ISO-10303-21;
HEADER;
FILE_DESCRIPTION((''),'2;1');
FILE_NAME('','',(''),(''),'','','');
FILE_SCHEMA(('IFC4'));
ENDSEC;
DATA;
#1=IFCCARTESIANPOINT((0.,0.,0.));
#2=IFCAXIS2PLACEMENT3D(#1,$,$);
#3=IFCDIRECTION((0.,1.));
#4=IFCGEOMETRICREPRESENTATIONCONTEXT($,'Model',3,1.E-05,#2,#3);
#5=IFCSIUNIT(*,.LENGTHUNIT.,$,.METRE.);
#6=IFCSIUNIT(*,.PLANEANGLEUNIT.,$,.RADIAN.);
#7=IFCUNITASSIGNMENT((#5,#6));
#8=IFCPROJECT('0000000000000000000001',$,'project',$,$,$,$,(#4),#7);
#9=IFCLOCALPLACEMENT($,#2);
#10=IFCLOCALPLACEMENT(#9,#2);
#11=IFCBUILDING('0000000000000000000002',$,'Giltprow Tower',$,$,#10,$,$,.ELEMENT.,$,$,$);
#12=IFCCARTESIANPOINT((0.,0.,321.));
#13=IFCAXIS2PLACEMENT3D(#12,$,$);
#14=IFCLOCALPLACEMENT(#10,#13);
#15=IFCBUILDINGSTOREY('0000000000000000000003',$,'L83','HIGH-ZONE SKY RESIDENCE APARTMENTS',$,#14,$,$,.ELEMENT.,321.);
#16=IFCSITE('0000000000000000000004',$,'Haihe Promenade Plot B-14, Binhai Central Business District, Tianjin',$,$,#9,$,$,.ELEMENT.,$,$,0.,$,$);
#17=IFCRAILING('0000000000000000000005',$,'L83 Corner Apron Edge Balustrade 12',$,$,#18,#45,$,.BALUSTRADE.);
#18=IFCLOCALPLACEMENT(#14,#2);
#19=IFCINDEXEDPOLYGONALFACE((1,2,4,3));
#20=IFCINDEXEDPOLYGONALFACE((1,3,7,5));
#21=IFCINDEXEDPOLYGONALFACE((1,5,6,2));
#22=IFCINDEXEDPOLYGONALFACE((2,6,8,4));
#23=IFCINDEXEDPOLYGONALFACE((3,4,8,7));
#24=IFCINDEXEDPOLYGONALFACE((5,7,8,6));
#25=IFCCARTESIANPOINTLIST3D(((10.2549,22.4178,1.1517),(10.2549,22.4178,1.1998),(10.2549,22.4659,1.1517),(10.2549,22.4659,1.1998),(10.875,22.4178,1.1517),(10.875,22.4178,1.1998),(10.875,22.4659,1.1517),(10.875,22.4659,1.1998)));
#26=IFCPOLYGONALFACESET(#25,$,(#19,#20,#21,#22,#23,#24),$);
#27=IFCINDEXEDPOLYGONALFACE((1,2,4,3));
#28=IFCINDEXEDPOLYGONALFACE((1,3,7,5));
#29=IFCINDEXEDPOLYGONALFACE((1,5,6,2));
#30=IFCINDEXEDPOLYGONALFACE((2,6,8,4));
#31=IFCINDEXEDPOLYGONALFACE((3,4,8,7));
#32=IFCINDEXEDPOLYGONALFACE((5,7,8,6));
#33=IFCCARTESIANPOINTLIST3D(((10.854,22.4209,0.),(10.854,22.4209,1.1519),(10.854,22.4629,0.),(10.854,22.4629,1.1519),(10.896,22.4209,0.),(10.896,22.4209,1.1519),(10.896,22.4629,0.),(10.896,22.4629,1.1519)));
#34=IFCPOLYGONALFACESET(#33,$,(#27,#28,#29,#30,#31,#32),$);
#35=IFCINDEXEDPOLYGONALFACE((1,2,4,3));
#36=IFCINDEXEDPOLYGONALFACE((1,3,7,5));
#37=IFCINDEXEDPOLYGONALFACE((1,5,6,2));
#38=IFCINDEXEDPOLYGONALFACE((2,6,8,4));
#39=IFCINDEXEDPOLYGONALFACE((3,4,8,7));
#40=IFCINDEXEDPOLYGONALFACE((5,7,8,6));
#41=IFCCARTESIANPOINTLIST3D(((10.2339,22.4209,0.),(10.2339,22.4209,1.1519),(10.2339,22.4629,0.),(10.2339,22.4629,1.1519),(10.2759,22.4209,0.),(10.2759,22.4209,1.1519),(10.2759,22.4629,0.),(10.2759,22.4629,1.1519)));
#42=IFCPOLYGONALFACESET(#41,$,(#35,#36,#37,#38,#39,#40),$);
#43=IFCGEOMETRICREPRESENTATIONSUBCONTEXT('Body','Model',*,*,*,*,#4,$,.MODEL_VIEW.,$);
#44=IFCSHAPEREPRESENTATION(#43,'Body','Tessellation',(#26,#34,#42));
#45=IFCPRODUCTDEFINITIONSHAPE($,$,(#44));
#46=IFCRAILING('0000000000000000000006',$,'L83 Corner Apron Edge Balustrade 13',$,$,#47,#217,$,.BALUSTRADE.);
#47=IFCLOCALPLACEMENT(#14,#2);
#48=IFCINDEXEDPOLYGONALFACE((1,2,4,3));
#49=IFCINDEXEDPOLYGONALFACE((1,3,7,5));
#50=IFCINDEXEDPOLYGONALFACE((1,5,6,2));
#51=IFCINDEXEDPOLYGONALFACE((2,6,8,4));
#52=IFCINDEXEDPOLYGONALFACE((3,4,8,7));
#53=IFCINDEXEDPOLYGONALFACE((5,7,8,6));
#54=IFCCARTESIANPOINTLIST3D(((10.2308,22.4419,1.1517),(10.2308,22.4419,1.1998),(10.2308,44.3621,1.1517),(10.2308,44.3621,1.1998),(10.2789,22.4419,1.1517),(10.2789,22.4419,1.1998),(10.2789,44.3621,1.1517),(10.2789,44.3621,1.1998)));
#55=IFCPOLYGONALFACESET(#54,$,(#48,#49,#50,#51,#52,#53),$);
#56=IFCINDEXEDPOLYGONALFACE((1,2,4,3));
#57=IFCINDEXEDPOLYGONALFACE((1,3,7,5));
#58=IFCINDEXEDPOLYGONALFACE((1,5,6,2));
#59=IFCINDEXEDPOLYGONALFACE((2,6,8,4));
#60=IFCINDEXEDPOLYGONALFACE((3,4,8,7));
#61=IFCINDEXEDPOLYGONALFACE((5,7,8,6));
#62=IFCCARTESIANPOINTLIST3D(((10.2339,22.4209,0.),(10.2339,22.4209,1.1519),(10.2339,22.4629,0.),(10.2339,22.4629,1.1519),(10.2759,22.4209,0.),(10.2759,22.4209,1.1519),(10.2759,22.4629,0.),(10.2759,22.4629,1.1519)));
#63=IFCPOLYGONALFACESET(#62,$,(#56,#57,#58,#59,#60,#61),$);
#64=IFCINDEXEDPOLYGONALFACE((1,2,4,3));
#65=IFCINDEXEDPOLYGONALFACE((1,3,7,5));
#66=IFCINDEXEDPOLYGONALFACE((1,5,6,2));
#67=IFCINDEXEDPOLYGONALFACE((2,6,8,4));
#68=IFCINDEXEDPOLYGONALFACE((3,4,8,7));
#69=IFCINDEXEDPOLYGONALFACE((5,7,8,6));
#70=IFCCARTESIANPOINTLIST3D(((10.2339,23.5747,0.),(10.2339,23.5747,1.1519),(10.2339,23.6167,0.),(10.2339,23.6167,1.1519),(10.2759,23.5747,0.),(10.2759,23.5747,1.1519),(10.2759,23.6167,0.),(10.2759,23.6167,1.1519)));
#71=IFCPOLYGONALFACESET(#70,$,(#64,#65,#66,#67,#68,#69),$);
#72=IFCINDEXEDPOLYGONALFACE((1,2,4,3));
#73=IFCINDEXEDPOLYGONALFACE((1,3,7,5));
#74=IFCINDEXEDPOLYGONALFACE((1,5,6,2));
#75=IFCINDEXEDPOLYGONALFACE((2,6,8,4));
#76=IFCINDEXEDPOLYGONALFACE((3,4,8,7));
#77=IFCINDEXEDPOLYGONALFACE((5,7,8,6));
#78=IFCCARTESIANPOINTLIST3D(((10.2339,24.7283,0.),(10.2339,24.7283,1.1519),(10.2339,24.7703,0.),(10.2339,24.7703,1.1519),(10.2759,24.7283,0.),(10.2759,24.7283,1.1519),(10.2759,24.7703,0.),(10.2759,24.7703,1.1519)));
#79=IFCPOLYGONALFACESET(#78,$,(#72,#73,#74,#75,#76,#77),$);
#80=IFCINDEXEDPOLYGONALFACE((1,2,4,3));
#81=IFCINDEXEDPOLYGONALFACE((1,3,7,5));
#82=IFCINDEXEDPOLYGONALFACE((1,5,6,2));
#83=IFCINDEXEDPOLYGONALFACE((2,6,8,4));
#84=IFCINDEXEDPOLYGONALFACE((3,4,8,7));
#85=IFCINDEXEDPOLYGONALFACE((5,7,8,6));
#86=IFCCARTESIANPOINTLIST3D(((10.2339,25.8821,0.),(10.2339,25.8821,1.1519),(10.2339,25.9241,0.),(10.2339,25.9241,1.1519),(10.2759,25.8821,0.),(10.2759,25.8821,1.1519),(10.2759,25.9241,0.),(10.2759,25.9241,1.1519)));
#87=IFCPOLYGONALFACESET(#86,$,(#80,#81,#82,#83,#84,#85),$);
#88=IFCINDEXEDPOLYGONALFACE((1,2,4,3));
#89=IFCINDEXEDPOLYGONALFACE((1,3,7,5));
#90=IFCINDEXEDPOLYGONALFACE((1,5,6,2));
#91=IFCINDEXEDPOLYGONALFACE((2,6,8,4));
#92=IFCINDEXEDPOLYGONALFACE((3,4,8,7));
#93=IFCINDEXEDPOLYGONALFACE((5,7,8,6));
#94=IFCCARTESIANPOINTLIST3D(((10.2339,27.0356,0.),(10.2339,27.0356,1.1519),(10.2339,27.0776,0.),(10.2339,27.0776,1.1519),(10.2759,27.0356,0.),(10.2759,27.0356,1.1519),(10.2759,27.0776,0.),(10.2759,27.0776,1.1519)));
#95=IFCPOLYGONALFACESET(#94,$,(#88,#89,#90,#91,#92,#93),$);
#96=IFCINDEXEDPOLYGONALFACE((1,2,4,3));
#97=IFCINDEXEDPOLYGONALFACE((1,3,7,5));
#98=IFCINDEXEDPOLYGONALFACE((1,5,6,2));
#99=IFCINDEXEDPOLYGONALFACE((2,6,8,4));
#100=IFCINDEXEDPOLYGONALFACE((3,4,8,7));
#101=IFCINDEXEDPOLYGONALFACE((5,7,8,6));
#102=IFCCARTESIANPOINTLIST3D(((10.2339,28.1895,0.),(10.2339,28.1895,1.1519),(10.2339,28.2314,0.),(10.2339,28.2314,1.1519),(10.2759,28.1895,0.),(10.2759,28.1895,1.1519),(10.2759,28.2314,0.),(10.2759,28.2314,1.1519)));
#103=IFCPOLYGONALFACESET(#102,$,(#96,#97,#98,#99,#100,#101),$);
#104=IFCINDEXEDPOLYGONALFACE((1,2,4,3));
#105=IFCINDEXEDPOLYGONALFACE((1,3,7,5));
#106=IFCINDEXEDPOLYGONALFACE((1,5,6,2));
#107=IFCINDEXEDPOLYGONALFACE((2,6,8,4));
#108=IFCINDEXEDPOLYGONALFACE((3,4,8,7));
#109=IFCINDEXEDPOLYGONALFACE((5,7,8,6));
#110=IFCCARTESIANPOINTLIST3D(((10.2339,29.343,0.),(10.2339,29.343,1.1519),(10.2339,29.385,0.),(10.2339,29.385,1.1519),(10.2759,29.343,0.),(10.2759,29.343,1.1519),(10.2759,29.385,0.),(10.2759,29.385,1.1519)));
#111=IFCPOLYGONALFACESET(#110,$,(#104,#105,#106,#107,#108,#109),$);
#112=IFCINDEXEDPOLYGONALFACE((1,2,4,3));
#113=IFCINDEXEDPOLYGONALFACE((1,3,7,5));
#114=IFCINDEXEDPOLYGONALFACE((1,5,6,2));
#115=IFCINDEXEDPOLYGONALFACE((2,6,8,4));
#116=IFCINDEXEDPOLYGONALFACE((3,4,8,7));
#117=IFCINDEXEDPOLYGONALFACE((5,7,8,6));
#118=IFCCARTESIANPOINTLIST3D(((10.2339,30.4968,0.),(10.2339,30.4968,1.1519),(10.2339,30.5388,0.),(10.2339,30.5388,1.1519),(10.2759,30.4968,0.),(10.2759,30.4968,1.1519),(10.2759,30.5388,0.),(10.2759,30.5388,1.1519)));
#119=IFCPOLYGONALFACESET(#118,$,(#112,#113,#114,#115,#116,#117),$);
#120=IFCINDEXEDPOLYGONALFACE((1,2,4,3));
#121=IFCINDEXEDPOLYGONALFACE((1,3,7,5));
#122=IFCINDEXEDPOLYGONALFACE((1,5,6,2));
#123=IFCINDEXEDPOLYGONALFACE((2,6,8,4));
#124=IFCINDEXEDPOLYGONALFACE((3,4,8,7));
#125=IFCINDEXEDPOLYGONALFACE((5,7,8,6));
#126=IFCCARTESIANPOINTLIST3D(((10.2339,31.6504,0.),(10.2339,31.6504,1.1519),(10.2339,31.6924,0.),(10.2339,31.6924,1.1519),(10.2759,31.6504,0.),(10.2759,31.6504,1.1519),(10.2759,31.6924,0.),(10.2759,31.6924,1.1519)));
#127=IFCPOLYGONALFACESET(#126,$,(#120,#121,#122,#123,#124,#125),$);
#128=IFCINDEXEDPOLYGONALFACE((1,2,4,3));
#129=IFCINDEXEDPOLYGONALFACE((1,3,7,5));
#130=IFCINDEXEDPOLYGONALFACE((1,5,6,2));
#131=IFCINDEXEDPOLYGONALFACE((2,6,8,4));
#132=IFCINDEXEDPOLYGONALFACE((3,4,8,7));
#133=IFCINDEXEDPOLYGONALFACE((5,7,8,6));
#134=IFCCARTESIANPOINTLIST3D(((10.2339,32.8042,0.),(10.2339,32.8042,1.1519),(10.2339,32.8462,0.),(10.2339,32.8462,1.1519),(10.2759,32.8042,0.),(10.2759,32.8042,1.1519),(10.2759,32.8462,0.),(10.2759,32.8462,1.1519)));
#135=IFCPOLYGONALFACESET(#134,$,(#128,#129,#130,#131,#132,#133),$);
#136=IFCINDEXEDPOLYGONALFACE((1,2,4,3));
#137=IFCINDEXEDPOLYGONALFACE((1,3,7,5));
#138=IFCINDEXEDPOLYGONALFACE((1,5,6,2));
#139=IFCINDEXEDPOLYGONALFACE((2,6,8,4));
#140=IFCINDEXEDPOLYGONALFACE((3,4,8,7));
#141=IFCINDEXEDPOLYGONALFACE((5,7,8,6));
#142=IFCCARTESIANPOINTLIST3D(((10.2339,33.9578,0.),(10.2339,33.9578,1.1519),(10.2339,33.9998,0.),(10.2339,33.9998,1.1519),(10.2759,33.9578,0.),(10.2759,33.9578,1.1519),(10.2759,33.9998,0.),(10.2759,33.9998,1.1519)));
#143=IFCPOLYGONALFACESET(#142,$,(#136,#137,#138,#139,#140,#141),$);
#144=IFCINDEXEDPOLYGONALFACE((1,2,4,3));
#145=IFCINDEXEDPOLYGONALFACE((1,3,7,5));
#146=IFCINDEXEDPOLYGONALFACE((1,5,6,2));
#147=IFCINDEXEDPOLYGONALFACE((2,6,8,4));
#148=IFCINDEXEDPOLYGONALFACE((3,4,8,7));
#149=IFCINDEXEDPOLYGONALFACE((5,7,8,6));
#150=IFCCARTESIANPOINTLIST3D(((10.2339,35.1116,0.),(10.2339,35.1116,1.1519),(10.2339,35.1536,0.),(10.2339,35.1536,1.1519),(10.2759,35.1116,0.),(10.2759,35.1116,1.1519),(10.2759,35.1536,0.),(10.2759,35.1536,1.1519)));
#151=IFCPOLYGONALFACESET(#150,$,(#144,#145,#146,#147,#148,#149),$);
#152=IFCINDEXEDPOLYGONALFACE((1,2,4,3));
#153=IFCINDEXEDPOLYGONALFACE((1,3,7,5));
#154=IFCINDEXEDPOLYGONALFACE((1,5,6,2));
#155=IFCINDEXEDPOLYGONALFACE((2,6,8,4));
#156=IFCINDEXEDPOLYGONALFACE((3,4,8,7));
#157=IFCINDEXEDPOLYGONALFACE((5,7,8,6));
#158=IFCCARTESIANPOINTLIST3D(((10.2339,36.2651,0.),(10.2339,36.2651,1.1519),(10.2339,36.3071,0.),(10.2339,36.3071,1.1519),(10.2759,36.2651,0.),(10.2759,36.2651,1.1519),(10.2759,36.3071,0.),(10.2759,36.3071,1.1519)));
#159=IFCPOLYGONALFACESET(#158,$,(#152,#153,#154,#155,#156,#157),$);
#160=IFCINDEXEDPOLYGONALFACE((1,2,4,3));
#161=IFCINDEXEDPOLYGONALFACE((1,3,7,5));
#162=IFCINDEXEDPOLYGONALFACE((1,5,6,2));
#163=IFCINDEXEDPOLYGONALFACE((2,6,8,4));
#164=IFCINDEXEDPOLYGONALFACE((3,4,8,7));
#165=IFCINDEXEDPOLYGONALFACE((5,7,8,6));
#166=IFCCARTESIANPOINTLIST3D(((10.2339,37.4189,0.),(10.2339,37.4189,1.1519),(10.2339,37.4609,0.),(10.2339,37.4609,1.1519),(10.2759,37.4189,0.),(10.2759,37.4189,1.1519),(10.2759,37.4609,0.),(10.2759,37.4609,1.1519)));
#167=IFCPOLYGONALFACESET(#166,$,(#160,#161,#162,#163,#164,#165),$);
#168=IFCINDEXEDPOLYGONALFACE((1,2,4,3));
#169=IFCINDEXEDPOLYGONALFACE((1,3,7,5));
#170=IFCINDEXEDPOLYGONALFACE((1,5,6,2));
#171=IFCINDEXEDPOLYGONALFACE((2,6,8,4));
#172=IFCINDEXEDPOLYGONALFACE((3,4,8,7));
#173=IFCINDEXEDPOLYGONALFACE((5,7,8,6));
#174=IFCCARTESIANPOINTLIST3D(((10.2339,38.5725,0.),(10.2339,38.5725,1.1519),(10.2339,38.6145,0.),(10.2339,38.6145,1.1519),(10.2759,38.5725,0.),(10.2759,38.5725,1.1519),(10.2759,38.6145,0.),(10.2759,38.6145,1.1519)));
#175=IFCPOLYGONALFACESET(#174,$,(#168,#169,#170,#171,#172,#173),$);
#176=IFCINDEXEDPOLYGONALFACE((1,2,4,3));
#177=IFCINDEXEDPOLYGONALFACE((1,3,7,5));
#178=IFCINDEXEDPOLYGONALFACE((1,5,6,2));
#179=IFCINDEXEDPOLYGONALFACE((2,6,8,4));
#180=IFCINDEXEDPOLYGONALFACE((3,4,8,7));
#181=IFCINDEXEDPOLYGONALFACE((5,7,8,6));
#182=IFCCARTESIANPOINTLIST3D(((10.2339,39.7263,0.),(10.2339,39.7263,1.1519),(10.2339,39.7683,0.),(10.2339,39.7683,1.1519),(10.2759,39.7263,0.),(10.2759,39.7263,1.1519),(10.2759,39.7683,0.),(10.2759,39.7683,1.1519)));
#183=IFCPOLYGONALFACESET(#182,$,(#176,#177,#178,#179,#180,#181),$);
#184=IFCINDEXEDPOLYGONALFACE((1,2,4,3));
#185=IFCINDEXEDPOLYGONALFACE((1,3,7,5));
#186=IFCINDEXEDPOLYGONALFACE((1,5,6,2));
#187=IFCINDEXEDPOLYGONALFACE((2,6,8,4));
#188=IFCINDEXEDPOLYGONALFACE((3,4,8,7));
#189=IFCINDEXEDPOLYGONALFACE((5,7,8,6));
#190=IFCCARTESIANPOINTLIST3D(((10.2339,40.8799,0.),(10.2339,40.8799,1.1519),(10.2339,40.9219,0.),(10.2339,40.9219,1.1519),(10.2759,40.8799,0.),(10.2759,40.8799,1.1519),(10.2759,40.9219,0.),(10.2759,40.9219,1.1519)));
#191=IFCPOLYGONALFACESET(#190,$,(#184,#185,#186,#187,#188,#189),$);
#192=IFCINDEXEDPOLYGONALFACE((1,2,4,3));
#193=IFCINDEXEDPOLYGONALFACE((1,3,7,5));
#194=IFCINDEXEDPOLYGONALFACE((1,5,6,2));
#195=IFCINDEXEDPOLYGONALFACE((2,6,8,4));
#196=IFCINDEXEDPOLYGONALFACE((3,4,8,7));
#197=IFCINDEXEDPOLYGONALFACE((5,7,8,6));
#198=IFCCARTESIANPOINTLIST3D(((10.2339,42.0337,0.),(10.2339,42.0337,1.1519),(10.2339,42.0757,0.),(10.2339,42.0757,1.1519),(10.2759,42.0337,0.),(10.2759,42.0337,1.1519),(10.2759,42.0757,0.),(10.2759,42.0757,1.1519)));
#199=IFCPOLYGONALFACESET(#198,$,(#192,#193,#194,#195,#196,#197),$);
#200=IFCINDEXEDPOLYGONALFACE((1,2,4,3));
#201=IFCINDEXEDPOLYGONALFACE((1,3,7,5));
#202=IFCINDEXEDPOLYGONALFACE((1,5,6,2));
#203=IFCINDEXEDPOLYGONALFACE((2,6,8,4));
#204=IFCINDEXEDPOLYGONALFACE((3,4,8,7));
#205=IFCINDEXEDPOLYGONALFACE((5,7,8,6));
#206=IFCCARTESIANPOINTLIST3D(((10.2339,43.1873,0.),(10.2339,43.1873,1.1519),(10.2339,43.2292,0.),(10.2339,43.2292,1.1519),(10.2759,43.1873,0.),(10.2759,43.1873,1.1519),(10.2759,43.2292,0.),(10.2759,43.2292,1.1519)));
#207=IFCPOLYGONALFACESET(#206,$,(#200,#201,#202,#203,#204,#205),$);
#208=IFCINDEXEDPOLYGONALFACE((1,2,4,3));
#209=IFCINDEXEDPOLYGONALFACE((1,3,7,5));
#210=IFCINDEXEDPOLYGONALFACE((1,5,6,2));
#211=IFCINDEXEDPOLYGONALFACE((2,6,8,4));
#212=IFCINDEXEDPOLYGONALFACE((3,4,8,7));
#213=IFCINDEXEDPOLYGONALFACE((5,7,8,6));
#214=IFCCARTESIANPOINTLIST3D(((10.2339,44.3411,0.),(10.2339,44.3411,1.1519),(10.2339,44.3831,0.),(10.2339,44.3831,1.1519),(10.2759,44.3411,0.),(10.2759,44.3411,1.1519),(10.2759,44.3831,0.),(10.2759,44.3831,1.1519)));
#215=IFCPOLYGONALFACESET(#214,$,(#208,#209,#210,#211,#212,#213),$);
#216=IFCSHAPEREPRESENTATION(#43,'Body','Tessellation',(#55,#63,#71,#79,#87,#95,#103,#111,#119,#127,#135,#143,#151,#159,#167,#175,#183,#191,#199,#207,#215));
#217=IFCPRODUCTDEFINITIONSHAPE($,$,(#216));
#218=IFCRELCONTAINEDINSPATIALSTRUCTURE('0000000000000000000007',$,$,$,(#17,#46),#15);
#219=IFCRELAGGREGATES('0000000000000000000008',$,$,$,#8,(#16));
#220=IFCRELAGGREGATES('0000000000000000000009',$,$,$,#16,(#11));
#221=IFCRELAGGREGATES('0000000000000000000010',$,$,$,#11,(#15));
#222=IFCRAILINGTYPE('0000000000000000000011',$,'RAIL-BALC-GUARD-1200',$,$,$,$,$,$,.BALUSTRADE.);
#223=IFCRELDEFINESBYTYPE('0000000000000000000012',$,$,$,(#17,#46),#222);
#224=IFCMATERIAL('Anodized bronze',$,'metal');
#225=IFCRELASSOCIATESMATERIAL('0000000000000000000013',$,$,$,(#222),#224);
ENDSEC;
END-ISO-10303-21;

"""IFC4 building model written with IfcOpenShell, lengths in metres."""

from ifc_helpers import new_model, si_unit, direction, frame, origin, origin_2d, place, context, subcontext, project, spatial, rectangle, extrude, material, type_object, element, save


model = new_model("IFC4")

# Units and contexts
model_context = context("Model", 3, precision=1e-05, world=origin(), true_north=direction((0.0, 1.0)))
body_context = subcontext(model_context, "Body", "Model", "MODEL_VIEW")
ifc_project = project(units=[si_unit("LENGTHUNIT", "METRE"), si_unit("PLANEANGLEUNIT", "RADIAN")], contexts=[model_context])

# Site, building, storey
site_placement = place(None, origin())
site = spatial("IfcSite", under=ifc_project, at=site_placement, Name="Haihe Promenade Plot B-14, Binhai Central Business District, Tianjin", CompositionType="ELEMENT", RefElevation=0.0)
building_placement = place(site_placement, origin())
building = spatial("IfcBuilding", under=site, at=building_placement, Name="Giltprow Tower", CompositionType="ELEMENT")
storey_placement = place(building_placement, frame((0.0, 0.0, 321.0)))
storey = spatial("IfcBuildingStorey", under=building, at=storey_placement, Name="L83", Description="HIGH-ZONE SKY RESIDENCE APARTMENTS", CompositionType="ELEMENT", Elevation=321.0)

# Railings
ifc_material_1 = material(Name="Anodized bronze", Category="metal")
railing_type = type_object("IfcRailingType", Name="RAIL-BALC-GUARD-1200", PredefinedType="BALUSTRADE", material=ifc_material_1)
railing_1_placement = place(storey_placement, frame((10.875, 22.4419, 0.0)))
element("IfcRailing", 1, at=railing_1_placement, inside=storey, type_object=railing_type, Name="L83 Corner Apron Edge Balustrade 12", PredefinedType="BALUSTRADE", context=body_context, shape_type="SweptSolid", body=[
    extrude(rectangle(XDim=0.0481, YDim=0.0481, at=origin_2d()), frame((0.0, 0.0, 1.1758), z_axis=(-1.0, 0.0, 0.0), x_axis=(0.0, -1.0, 0.0)), (0.0, 0.0, 1.0), 0.6201),
    extrude(rectangle(XDim=0.042, YDim=0.042, at=origin_2d()), origin(), (0.0, 0.0, 1.0), 1.1519),
    extrude(rectangle(XDim=0.042, YDim=0.042, at=origin_2d()), frame((-0.6201, 0.0, 0.0)), (0.0, 0.0, 1.0), 1.1519),
])
railing_2_placement = place(storey_placement, frame((10.2549, 22.4419, 0.0)))
element("IfcRailing", 2, at=railing_2_placement, inside=storey, type_object=railing_type, Name="L83 Corner Apron Edge Balustrade 13", PredefinedType="BALUSTRADE", context=body_context, shape_type="SweptSolid", body=[
    extrude(rectangle(XDim=0.0481, YDim=0.0481, at=origin_2d()), frame((0.0, 0.0, 1.1758), z_axis=(0.0, 1.0, 0.0), x_axis=(-1.0, 0.0, 0.0)), (0.0, 0.0, 1.0), 21.9202),
    extrude(rectangle(XDim=0.042, YDim=0.042, at=origin_2d()), origin(), (0.0, 0.0, 1.0), 1.1519),
    extrude(rectangle(XDim=0.042, YDim=0.042, at=origin_2d()), frame((0.0, 1.1538, 0.0)), (0.0, 0.0, 1.0), 1.1519),
    extrude(rectangle(XDim=0.042, YDim=0.042, at=origin_2d()), frame((0.0, 2.3074, 0.0)), (0.0, 0.0, 1.0), 1.1519),
    extrude(rectangle(XDim=0.042, YDim=0.042, at=origin_2d()), frame((0.0, 3.4612, 0.0)), (0.0, 0.0, 1.0), 1.1519),
    extrude(rectangle(XDim=0.042, YDim=0.042, at=origin_2d()), frame((0.0, 4.6147, 0.0)), (0.0, 0.0, 1.0), 1.1519),
    extrude(rectangle(XDim=0.042, YDim=0.042, at=origin_2d()), frame((0.0, 5.7686, 0.0)), (0.0, 0.0, 1.0), 1.1519),
    extrude(rectangle(XDim=0.042, YDim=0.042, at=origin_2d()), frame((0.0, 6.9221, 0.0)), (0.0, 0.0, 1.0), 1.1519),
    extrude(rectangle(XDim=0.042, YDim=0.042, at=origin_2d()), frame((0.0, 8.0759, 0.0)), (0.0, 0.0, 1.0), 1.1519),
    extrude(rectangle(XDim=0.042, YDim=0.042, at=origin_2d()), frame((0.0, 9.2295, 0.0)), (0.0, 0.0, 1.0), 1.1519),
    extrude(rectangle(XDim=0.042, YDim=0.042, at=origin_2d()), frame((0.0, 10.3833, 0.0)), (0.0, 0.0, 1.0), 1.1519),
    extrude(rectangle(XDim=0.042, YDim=0.042, at=origin_2d()), frame((0.0, 11.5369, 0.0)), (0.0, 0.0, 1.0), 1.1519),
    extrude(rectangle(XDim=0.042, YDim=0.042, at=origin_2d()), frame((0.0, 12.6907, 0.0)), (0.0, 0.0, 1.0), 1.1519),
    extrude(rectangle(XDim=0.042, YDim=0.042, at=origin_2d()), frame((0.0, 13.8442, 0.0)), (0.0, 0.0, 1.0), 1.1519),
    extrude(rectangle(XDim=0.042, YDim=0.042, at=origin_2d()), frame((0.0, 14.998, 0.0)), (0.0, 0.0, 1.0), 1.1519),
    extrude(rectangle(XDim=0.042, YDim=0.042, at=origin_2d()), frame((0.0, 16.1516, 0.0)), (0.0, 0.0, 1.0), 1.1519),
    extrude(rectangle(XDim=0.042, YDim=0.042, at=origin_2d()), frame((0.0, 17.3054, 0.0)), (0.0, 0.0, 1.0), 1.1519),
    extrude(rectangle(XDim=0.042, YDim=0.042, at=origin_2d()), frame((0.0, 18.459, 0.0)), (0.0, 0.0, 1.0), 1.1519),
    extrude(rectangle(XDim=0.042, YDim=0.042, at=origin_2d()), frame((0.0, 19.6128, 0.0)), (0.0, 0.0, 1.0), 1.1519),
    extrude(rectangle(XDim=0.042, YDim=0.042, at=origin_2d()), frame((0.0, 20.7664, 0.0)), (0.0, 0.0, 1.0), 1.1519),
    extrude(rectangle(XDim=0.042, YDim=0.042, at=origin_2d()), frame((0.0, 21.9202, 0.0)), (0.0, 0.0, 1.0), 1.1519),
])

save(model, "model.ifc")
